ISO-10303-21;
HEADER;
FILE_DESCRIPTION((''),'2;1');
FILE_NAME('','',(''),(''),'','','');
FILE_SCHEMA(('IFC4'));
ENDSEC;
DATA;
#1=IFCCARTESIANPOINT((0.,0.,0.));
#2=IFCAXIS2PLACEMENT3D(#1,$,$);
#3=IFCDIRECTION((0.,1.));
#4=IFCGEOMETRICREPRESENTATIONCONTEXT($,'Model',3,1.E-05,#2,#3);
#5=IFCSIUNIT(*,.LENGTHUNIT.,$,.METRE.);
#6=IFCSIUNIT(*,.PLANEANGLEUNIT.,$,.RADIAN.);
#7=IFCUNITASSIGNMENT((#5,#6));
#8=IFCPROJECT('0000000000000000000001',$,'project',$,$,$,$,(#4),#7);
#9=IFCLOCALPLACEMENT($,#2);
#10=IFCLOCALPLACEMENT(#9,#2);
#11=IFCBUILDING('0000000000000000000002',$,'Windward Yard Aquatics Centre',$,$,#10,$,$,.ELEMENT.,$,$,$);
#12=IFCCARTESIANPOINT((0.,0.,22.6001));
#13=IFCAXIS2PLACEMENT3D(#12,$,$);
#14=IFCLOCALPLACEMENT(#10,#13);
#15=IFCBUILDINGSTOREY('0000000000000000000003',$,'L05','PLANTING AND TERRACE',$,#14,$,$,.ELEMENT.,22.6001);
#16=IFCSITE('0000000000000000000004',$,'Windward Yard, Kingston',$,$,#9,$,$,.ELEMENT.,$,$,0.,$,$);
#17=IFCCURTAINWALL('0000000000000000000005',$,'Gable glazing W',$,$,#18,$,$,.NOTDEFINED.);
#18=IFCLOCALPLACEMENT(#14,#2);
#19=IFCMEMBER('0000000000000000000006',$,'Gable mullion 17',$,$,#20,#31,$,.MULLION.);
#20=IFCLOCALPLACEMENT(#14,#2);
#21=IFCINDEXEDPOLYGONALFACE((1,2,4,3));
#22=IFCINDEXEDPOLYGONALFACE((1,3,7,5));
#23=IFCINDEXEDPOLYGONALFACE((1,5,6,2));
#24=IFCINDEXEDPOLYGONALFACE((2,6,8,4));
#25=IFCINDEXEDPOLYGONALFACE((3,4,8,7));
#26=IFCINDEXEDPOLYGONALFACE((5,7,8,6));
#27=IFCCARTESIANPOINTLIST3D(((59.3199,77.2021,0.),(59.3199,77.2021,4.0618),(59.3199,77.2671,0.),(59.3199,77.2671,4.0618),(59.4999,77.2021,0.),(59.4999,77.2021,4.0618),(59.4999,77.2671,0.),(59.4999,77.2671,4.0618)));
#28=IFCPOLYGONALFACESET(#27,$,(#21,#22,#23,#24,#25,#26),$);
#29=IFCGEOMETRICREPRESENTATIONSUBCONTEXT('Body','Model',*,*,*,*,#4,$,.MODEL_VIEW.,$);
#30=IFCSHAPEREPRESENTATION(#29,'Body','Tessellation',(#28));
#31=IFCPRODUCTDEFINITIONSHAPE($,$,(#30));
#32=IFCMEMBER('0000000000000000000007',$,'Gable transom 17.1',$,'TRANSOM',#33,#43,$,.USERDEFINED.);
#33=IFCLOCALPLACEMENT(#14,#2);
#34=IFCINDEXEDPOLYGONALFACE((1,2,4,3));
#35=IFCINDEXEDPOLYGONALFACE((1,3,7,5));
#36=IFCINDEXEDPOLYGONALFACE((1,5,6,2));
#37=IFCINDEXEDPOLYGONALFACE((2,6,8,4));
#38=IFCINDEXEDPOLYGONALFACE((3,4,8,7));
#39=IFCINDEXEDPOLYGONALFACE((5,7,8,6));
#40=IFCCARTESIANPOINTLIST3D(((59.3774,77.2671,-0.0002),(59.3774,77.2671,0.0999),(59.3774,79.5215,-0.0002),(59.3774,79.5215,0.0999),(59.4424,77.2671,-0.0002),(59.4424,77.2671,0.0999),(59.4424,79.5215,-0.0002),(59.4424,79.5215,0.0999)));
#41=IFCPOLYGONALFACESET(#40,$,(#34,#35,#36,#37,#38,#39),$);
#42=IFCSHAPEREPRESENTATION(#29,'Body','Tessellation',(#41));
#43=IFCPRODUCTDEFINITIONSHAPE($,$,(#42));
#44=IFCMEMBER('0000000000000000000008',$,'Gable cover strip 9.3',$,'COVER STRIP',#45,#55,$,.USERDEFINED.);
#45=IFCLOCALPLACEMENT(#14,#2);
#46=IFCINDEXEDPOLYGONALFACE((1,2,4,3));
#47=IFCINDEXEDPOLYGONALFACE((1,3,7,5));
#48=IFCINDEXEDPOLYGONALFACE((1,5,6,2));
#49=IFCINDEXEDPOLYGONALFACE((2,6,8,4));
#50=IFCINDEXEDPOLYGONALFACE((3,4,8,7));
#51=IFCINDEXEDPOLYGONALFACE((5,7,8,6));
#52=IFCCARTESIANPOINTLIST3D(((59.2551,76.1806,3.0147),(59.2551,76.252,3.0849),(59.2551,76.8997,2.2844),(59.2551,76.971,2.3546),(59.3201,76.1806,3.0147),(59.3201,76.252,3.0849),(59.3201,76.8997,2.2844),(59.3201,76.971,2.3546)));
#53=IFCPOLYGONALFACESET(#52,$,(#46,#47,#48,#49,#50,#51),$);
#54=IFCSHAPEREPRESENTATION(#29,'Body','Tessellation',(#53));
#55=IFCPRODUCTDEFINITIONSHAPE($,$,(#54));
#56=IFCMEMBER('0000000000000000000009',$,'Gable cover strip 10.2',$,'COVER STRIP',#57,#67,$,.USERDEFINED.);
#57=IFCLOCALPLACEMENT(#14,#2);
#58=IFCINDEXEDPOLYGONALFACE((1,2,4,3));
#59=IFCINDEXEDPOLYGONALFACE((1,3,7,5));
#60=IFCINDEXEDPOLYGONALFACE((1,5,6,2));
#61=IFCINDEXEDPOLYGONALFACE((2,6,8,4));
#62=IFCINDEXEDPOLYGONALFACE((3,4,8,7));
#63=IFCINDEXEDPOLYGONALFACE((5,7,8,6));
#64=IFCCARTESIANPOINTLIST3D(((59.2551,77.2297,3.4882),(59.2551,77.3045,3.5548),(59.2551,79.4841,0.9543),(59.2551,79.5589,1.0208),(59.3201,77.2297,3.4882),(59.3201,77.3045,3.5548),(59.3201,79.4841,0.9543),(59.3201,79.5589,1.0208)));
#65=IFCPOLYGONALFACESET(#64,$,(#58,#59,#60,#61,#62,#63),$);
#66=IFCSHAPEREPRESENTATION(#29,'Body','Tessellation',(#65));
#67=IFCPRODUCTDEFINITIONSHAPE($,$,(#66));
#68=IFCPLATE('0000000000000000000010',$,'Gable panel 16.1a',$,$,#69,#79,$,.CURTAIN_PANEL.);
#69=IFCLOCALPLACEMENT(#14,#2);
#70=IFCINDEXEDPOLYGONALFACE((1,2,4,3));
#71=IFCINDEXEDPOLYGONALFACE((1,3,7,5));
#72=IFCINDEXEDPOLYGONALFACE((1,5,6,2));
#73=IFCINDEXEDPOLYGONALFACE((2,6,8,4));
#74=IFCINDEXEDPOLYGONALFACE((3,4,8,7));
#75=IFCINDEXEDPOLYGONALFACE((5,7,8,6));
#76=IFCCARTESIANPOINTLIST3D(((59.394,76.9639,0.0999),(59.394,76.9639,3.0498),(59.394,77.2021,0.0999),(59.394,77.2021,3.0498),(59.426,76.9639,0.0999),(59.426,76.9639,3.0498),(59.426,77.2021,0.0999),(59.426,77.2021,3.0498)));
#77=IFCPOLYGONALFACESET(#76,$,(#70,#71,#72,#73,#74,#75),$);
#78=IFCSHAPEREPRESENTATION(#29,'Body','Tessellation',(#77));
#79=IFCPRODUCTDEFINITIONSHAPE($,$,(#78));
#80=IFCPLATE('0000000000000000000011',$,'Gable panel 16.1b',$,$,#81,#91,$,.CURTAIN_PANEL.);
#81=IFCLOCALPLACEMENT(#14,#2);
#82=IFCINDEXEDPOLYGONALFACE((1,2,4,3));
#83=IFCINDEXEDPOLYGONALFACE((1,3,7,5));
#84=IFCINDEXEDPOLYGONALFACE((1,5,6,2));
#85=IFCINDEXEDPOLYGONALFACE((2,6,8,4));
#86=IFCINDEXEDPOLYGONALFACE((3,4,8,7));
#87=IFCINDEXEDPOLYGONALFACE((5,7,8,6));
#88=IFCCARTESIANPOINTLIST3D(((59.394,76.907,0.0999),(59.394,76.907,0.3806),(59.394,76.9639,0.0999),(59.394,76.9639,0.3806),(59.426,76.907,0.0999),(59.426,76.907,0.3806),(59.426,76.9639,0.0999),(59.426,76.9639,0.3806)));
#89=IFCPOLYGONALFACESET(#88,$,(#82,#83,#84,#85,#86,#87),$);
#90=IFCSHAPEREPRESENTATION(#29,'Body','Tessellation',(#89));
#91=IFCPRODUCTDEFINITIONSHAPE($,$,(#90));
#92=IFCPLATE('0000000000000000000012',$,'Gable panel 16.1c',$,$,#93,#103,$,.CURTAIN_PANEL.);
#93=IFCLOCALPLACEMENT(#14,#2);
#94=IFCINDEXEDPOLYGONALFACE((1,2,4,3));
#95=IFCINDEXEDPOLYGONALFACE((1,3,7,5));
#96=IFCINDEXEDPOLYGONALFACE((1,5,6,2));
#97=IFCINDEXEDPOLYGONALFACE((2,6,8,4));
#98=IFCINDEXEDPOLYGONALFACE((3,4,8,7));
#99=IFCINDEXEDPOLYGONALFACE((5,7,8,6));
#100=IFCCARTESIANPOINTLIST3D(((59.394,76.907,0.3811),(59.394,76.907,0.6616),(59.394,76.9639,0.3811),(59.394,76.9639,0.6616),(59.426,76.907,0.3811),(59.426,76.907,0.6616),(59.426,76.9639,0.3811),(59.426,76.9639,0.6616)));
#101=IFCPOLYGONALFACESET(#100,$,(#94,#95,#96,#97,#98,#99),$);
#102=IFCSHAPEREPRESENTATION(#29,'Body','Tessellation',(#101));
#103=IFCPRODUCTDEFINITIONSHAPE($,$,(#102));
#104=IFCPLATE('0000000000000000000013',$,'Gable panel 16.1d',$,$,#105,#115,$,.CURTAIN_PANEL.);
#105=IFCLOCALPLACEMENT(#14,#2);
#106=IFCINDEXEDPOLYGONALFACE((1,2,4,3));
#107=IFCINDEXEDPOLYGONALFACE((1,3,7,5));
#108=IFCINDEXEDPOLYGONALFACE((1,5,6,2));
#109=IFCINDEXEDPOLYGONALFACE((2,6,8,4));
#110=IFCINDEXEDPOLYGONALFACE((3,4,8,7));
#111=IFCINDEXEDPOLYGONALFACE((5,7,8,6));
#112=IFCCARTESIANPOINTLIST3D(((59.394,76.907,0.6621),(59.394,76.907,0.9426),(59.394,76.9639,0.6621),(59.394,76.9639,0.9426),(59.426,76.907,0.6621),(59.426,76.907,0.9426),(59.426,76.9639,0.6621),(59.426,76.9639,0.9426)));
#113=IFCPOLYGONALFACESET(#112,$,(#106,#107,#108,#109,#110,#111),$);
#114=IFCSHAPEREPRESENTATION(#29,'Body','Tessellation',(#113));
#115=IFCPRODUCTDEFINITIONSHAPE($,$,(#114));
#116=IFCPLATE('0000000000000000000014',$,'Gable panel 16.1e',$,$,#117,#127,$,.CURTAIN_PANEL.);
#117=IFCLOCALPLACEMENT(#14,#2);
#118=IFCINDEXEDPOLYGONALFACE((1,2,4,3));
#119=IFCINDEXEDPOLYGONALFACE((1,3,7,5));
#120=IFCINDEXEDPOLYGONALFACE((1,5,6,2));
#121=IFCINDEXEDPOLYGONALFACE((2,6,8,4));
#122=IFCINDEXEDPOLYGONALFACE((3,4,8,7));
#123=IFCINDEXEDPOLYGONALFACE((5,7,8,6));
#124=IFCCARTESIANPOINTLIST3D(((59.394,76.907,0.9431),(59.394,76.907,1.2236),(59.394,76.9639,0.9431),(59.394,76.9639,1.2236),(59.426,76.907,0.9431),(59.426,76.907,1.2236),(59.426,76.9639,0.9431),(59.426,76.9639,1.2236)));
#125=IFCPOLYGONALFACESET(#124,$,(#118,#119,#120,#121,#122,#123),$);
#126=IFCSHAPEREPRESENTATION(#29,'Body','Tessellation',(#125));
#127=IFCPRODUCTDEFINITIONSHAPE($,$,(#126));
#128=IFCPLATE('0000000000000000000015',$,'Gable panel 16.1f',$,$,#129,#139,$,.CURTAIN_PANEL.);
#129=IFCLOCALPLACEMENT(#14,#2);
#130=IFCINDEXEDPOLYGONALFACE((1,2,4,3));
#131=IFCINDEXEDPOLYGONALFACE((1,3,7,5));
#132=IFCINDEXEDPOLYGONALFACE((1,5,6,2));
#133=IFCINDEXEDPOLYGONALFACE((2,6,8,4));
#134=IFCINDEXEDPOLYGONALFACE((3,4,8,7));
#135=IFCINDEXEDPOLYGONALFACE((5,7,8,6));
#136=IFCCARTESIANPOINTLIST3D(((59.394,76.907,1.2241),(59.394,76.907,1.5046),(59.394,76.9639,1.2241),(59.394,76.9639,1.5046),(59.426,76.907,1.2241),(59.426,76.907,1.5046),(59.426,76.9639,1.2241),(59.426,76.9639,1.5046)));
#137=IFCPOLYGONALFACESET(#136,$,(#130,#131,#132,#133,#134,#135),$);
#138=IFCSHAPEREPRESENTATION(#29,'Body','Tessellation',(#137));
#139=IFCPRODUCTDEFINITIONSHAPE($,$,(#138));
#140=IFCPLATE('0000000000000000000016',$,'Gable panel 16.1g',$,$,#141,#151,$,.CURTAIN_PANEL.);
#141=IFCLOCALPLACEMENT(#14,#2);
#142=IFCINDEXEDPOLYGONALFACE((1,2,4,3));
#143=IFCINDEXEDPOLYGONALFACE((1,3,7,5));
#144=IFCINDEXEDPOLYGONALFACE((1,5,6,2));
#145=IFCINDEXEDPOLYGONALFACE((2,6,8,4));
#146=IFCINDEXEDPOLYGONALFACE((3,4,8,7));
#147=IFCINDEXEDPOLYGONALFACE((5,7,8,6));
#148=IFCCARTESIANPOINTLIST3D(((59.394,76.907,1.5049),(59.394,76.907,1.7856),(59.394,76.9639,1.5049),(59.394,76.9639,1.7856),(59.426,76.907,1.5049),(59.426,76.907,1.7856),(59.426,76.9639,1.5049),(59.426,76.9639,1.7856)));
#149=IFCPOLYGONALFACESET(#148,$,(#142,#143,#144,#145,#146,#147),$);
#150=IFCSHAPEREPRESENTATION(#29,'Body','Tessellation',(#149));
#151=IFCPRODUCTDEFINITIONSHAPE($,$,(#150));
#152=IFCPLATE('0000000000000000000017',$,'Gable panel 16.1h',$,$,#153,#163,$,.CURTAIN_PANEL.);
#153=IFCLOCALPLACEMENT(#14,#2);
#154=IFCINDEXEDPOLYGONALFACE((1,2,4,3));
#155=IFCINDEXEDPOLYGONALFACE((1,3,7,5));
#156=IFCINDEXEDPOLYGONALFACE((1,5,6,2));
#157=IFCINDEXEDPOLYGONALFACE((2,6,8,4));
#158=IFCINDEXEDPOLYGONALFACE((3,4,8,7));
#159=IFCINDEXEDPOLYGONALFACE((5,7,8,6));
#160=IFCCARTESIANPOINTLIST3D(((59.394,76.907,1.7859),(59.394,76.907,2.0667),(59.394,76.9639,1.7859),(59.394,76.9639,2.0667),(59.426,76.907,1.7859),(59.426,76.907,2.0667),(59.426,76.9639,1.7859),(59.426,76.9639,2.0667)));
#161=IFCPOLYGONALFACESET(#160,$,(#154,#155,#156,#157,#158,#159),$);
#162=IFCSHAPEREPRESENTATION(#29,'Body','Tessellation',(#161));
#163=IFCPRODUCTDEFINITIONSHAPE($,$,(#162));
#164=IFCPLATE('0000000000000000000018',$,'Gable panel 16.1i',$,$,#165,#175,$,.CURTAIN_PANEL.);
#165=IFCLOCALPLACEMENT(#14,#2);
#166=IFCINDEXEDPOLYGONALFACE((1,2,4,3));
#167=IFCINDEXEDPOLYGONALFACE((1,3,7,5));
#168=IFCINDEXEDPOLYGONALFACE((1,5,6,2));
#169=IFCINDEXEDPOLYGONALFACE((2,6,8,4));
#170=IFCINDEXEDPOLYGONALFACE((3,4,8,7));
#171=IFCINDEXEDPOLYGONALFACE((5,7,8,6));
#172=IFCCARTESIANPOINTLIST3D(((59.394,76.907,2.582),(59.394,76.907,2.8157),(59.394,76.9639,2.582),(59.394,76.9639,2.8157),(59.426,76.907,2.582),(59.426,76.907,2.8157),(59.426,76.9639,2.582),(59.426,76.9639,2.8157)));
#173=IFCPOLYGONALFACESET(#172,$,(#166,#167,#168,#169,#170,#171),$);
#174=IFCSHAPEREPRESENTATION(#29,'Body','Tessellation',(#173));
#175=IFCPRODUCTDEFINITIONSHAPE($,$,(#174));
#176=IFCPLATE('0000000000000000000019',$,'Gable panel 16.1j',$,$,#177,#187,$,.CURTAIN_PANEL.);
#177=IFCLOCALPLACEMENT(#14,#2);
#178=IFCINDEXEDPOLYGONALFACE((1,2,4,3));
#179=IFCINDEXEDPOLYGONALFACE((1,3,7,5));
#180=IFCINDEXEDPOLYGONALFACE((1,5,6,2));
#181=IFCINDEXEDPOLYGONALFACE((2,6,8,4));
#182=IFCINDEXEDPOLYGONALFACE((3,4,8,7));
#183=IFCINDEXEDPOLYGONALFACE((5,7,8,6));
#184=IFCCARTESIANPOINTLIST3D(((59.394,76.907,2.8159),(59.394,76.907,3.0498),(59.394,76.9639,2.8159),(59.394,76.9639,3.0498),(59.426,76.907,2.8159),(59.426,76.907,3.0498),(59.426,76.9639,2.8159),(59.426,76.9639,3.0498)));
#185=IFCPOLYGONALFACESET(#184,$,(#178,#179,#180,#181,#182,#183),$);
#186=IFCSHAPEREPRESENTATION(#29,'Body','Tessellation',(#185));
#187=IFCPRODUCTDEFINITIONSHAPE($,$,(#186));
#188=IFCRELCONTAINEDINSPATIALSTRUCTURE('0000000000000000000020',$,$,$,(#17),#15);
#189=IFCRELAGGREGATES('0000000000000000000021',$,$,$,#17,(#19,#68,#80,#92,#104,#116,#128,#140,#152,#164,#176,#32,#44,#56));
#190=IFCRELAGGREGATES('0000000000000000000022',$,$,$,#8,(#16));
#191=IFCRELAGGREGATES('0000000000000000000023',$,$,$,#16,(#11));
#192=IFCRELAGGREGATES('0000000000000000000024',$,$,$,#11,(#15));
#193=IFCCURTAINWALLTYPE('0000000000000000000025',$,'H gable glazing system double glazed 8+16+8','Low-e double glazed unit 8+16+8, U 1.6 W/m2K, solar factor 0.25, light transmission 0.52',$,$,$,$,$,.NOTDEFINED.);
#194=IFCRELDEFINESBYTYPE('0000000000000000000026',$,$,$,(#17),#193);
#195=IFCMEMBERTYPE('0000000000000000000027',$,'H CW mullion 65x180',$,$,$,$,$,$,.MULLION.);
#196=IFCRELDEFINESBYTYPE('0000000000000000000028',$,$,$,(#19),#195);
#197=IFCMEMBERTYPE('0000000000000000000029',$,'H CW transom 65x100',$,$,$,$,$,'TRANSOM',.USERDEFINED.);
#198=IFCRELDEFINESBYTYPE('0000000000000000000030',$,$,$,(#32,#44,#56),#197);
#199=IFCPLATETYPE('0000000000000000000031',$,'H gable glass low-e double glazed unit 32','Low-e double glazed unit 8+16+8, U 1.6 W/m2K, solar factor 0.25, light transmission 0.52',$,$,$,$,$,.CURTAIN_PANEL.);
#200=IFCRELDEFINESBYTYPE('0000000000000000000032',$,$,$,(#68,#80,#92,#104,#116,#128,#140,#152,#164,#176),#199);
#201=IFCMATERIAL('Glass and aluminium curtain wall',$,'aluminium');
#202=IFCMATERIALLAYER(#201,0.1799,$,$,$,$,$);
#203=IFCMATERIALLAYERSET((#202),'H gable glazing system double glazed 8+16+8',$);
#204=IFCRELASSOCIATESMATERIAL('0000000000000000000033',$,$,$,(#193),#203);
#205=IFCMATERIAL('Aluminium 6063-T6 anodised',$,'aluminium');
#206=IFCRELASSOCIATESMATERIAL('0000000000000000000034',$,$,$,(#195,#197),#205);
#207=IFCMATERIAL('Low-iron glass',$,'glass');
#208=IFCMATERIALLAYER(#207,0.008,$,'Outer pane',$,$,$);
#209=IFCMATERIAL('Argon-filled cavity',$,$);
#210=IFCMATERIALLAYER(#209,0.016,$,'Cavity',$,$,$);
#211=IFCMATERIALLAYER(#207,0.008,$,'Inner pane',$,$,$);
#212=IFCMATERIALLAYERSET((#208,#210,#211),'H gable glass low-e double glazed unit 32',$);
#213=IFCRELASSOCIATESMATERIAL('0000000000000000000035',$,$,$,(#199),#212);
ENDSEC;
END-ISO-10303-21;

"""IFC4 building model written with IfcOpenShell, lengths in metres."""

from ifc_helpers import new_model, si_unit, direction, frame, origin, origin_2d, place, context, subcontext, project, spatial, polyline, rectangle, outline, extrude, material, layer, layer_set, material_profile, profile_set, type_object, element, aggregate, save


model = new_model("IFC4")

# Units and contexts
model_context = context("Model", 3, precision=1e-05, world=origin(), true_north=direction((0.0, 1.0)))
body_context = subcontext(model_context, "Body", "Model", "MODEL_VIEW")
ifc_project = project(units=[si_unit("LENGTHUNIT", "METRE"), si_unit("PLANEANGLEUNIT", "RADIAN")], contexts=[model_context])

# Site, building, storey
site_placement = place(None, origin())
site = spatial("IfcSite", under=ifc_project, at=site_placement, Name="Windward Yard, Kingston", CompositionType="ELEMENT", RefElevation=0.0)
building_placement = place(site_placement, origin())
building = spatial("IfcBuilding", under=site, at=building_placement, Name="Windward Yard Aquatics Centre", CompositionType="ELEMENT")
storey_placement = place(building_placement, frame((0.0, 0.0, 22.6001)))
storey = spatial("IfcBuildingStorey", under=building, at=storey_placement, Name="L05", Description="PLANTING AND TERRACE", CompositionType="ELEMENT", Elevation=22.6001)

# Curtain wall, members, plates
ifc_material_1 = material(Name="Glass and aluminium curtain wall", Category="aluminium")
ifc_layer_1 = layer(ifc_material_1, 0.1799)
ifc_layer_set_1 = layer_set([ifc_layer_1], Name="H gable glazing system double glazed 8+16+8")
curtain_wall_type = type_object("IfcCurtainWallType", Name="H gable glazing system double glazed 8+16+8", Description="Low-e double glazed unit 8+16+8, U 1.6 W/m2K, solar factor 0.25, light transmission 0.52", PredefinedType="NOTDEFINED", material=ifc_layer_set_1)
curtain_wall_placement = place(storey_placement, origin())
curtain_wall = element("IfcCurtainWall", 1, at=curtain_wall_placement, inside=storey, type_object=curtain_wall_type, Name="Gable glazing W", PredefinedType="NOTDEFINED")
ifc_material_2 = material(Name="Aluminium 6063-T6 anodised", Category="aluminium")
ifc_material_profile_1 = material_profile(ifc_material_2, rectangle(XDim=0.0649, YDim=0.1799, at=origin_2d()), Name="H CW mullion 65x180")
ifc_profile_set_1 = profile_set([ifc_material_profile_1], Name="Aluminium 6063-T6 anodised")
member_type_1 = type_object("IfcMemberType", Name="H CW mullion 65x180", PredefinedType="MULLION", material=ifc_profile_set_1)
member_1_placement = place(storey_placement, frame((59.4099, 77.2346, 0.0), z_axis=(0.0, 0.0, 1.0), x_axis=(0.0, 1.0, 0.0)))
member_1 = element("IfcMember", 2, at=member_1_placement, type_object=member_type_1, Name="Gable mullion 17", PredefinedType="MULLION", context=body_context, shape_type="SweptSolid", body=[
    extrude(rectangle(XDim=0.0649, YDim=0.1799, at=origin_2d()), origin(), (0.0, 0.0, 1.0), 4.0618),
])
ifc_material_profile_2 = material_profile(ifc_material_2, rectangle(XDim=0.0649, YDim=0.1001, at=origin_2d()), Name="H CW transom 65x100")
ifc_profile_set_2 = profile_set([ifc_material_profile_2], Name="Aluminium 6063-T6 anodised")
member_type_2 = type_object("IfcMemberType", Name="H CW transom 65x100", ElementType="TRANSOM", PredefinedType="USERDEFINED", material=ifc_profile_set_2)
member_2_placement = place(storey_placement, frame((59.4099, 77.2671, 0.0498), z_axis=(0.0, 1.0, 0.0), x_axis=(-1.0, 0.0, 0.0)))
member_2 = element("IfcMember", 3, at=member_2_placement, type_object=member_type_2, Name="Gable transom 17.1", ObjectType="TRANSOM", PredefinedType="USERDEFINED", context=body_context, shape_type="SweptSolid", body=[
    extrude(rectangle(XDim=0.0649, YDim=0.1001, at=origin_2d()), origin(), (0.0, 0.0, 1.0), 2.2544),
])
member_3_placement = place(storey_placement, frame((59.2876, 76.2163, 3.0498), z_axis=(0.0, 0.701606, -0.712565), x_axis=(-1.0, 0.0, 0.0)))
member_3 = element("IfcMember", 4, at=member_3_placement, type_object=member_type_2, Name="Gable cover strip 9.3", ObjectType="COVER STRIP", PredefinedType="USERDEFINED", context=body_context, shape_type="SweptSolid", body=[
    extrude(rectangle(XDim=0.0649, YDim=0.1001, at=origin_2d()), origin(), (0.0, 0.0, 1.0), 1.0249),
])
member_4_placement = place(storey_placement, frame((59.2876, 77.2671, 3.5215), z_axis=(0.0, 0.664694, -0.747115), x_axis=(-1.0, 0.0, 0.0)))
member_4 = element("IfcMember", 5, at=member_4_placement, type_object=member_type_2, Name="Gable cover strip 10.2", ObjectType="COVER STRIP", PredefinedType="USERDEFINED", context=body_context, shape_type="SweptSolid", body=[
    extrude(rectangle(XDim=0.0649, YDim=0.1001, at=origin_2d()), origin(), (0.0, 0.0, 1.0), 3.3916),
])
ifc_material_3 = material(Name="Low-iron glass", Category="glass")
ifc_layer_2 = layer(ifc_material_3, 0.008, Name="Outer pane")
ifc_material_4 = material(Name="Argon-filled cavity")
ifc_layer_3 = layer(ifc_material_4, 0.016, Name="Cavity")
ifc_layer_4 = layer(ifc_material_3, 0.008, Name="Inner pane")
ifc_layer_set_2 = layer_set([ifc_layer_2, ifc_layer_3, ifc_layer_4], Name="H gable glass low-e double glazed unit 32")
plate_type = type_object("IfcPlateType", Name="H gable glass low-e double glazed unit 32", Description="Low-e double glazed unit 8+16+8, U 1.6 W/m2K, solar factor 0.25, light transmission 0.52", PredefinedType="CURTAIN_PANEL", material=ifc_layer_set_2)
plate_1_placement = place(storey_placement, frame((59.394, 76.9639, 0.0999), z_axis=(-1.0, 0.0, 0.0), x_axis=(0.0, 0.0, 1.0)))
plate_1 = element("IfcPlate", 6, at=plate_1_placement, type_object=plate_type, Name="Gable panel 16.1a", PredefinedType="CURTAIN_PANEL", context=body_context, shape_type="SweptSolid", body=[
    extrude(outline(polyline([(0.0, 0.0), (2.95, 0.0), (2.95, 0.2383), (0.0, 0.2383), (0.0, 0.0)])), origin(), (0.0, 0.0, -1.0), 0.032),
])
plate_2_placement = place(storey_placement, frame((59.426, 76.907, 0.0999), z_axis=(1.0, 0.0, 0.0), x_axis=(0.0, 1.0, 0.0)))
plate_2 = element("IfcPlate", 7, at=plate_2_placement, type_object=plate_type, Name="Gable panel 16.1b", PredefinedType="CURTAIN_PANEL", context=body_context, shape_type="SweptSolid", body=[
    extrude(outline(polyline([(0.0, 0.0), (0.0569, 0.0), (0.0569, 0.2808), (0.0, 0.2808), (0.0, 0.0)])), origin(), (0.0, 0.0, -1.0), 0.032),
])
plate_3_placement = place(storey_placement, frame((59.426, 76.907, 0.3811), z_axis=(1.0, 0.0, 0.0), x_axis=(0.0, 1.0, 0.0)))
plate_3 = element("IfcPlate", 8, at=plate_3_placement, type_object=plate_type, Name="Gable panel 16.1c", PredefinedType="CURTAIN_PANEL", context=body_context, shape_type="SweptSolid", body=[
    extrude(outline(polyline([(0.0, 0.0), (0.0569, 0.0), (0.0569, 0.2805), (0.0, 0.2805), (0.0, 0.0)])), origin(), (0.0, 0.0, -1.0), 0.032),
])
plate_4_placement = place(storey_placement, frame((59.426, 76.907, 0.6621), z_axis=(1.0, 0.0, 0.0), x_axis=(0.0, 1.0, 0.0)))
plate_4 = element("IfcPlate", 9, at=plate_4_placement, type_object=plate_type, Name="Gable panel 16.1d", PredefinedType="CURTAIN_PANEL", context=body_context, shape_type="SweptSolid", body=[
    extrude(outline(polyline([(0.0, 0.0), (0.0569, 0.0), (0.0569, 0.2805), (0.0, 0.2805), (0.0, 0.0)])), origin(), (0.0, 0.0, -1.0), 0.032),
])
plate_5_placement = place(storey_placement, frame((59.426, 76.907, 0.9431), z_axis=(1.0, 0.0, 0.0), x_axis=(0.0, 1.0, 0.0)))
plate_5 = element("IfcPlate", 10, at=plate_5_placement, type_object=plate_type, Name="Gable panel 16.1e", PredefinedType="CURTAIN_PANEL", context=body_context, shape_type="SweptSolid", body=[
    extrude(outline(polyline([(0.0, 0.0), (0.0569, 0.0), (0.0569, 0.2805), (0.0, 0.2805), (0.0, 0.0)])), origin(), (0.0, 0.0, -1.0), 0.032),
])
plate_6_placement = place(storey_placement, frame((59.426, 76.907, 1.2241), z_axis=(1.0, 0.0, 0.0), x_axis=(0.0, 1.0, 0.0)))
plate_6 = element("IfcPlate", 11, at=plate_6_placement, type_object=plate_type, Name="Gable panel 16.1f", PredefinedType="CURTAIN_PANEL", context=body_context, shape_type="SweptSolid", body=[
    extrude(outline(polyline([(0.0, 0.0), (0.0569, 0.0), (0.0569, 0.2805), (0.0, 0.2805), (0.0, 0.0)])), origin(), (0.0, 0.0, -1.0), 0.032),
])
plate_7_placement = place(storey_placement, frame((59.426, 76.907, 1.5049), z_axis=(1.0, 0.0, 0.0), x_axis=(0.0, 1.0, 0.0)))
plate_7 = element("IfcPlate", 12, at=plate_7_placement, type_object=plate_type, Name="Gable panel 16.1g", PredefinedType="CURTAIN_PANEL", context=body_context, shape_type="SweptSolid", body=[
    extrude(outline(polyline([(0.0, 0.0), (0.0569, 0.0), (0.0569, 0.2808), (0.0, 0.2808), (0.0, 0.0)])), origin(), (0.0, 0.0, -1.0), 0.032),
])
plate_8_placement = place(storey_placement, frame((59.426, 76.907, 1.7859), z_axis=(1.0, 0.0, 0.0), x_axis=(0.0, 1.0, 0.0)))
plate_8 = element("IfcPlate", 13, at=plate_8_placement, type_object=plate_type, Name="Gable panel 16.1h", PredefinedType="CURTAIN_PANEL", context=body_context, shape_type="SweptSolid", body=[
    extrude(outline(polyline([(0.0, 0.0), (0.0569, 0.0), (0.0569, 0.2808), (0.0, 0.2808), (0.0, 0.0)])), origin(), (0.0, 0.0, -1.0), 0.032),
])
plate_9_placement = place(storey_placement, frame((59.426, 76.907, 2.582), z_axis=(1.0, 0.0, 0.0), x_axis=(0.0, 1.0, 0.0)))
plate_9 = element("IfcPlate", 14, at=plate_9_placement, type_object=plate_type, Name="Gable panel 16.1i", PredefinedType="CURTAIN_PANEL", context=body_context, shape_type="SweptSolid", body=[
    extrude(outline(polyline([(0.0, 0.0), (0.0569, 0.0), (0.0569, 0.2336), (0.0, 0.2336), (0.0, 0.0)])), origin(), (0.0, 0.0, -1.0), 0.032),
])
plate_10_placement = place(storey_placement, frame((59.426, 76.907, 2.8159), z_axis=(1.0, 0.0, 0.0), x_axis=(0.0, 1.0, 0.0)))
plate_10 = element("IfcPlate", 15, at=plate_10_placement, type_object=plate_type, Name="Gable panel 16.1j", PredefinedType="CURTAIN_PANEL", context=body_context, shape_type="SweptSolid", body=[
    extrude(outline(polyline([(0.0, 0.0), (0.0569, 0.0), (0.0569, 0.2339), (0.0, 0.2339), (0.0, 0.0)])), origin(), (0.0, 0.0, -1.0), 0.032),
])
aggregate(curtain_wall, [member_1, plate_1, plate_2, plate_3, plate_4, plate_5, plate_6, plate_7, plate_8, plate_9, plate_10, member_2, member_3, member_4])

save(model, "model.ifc")
